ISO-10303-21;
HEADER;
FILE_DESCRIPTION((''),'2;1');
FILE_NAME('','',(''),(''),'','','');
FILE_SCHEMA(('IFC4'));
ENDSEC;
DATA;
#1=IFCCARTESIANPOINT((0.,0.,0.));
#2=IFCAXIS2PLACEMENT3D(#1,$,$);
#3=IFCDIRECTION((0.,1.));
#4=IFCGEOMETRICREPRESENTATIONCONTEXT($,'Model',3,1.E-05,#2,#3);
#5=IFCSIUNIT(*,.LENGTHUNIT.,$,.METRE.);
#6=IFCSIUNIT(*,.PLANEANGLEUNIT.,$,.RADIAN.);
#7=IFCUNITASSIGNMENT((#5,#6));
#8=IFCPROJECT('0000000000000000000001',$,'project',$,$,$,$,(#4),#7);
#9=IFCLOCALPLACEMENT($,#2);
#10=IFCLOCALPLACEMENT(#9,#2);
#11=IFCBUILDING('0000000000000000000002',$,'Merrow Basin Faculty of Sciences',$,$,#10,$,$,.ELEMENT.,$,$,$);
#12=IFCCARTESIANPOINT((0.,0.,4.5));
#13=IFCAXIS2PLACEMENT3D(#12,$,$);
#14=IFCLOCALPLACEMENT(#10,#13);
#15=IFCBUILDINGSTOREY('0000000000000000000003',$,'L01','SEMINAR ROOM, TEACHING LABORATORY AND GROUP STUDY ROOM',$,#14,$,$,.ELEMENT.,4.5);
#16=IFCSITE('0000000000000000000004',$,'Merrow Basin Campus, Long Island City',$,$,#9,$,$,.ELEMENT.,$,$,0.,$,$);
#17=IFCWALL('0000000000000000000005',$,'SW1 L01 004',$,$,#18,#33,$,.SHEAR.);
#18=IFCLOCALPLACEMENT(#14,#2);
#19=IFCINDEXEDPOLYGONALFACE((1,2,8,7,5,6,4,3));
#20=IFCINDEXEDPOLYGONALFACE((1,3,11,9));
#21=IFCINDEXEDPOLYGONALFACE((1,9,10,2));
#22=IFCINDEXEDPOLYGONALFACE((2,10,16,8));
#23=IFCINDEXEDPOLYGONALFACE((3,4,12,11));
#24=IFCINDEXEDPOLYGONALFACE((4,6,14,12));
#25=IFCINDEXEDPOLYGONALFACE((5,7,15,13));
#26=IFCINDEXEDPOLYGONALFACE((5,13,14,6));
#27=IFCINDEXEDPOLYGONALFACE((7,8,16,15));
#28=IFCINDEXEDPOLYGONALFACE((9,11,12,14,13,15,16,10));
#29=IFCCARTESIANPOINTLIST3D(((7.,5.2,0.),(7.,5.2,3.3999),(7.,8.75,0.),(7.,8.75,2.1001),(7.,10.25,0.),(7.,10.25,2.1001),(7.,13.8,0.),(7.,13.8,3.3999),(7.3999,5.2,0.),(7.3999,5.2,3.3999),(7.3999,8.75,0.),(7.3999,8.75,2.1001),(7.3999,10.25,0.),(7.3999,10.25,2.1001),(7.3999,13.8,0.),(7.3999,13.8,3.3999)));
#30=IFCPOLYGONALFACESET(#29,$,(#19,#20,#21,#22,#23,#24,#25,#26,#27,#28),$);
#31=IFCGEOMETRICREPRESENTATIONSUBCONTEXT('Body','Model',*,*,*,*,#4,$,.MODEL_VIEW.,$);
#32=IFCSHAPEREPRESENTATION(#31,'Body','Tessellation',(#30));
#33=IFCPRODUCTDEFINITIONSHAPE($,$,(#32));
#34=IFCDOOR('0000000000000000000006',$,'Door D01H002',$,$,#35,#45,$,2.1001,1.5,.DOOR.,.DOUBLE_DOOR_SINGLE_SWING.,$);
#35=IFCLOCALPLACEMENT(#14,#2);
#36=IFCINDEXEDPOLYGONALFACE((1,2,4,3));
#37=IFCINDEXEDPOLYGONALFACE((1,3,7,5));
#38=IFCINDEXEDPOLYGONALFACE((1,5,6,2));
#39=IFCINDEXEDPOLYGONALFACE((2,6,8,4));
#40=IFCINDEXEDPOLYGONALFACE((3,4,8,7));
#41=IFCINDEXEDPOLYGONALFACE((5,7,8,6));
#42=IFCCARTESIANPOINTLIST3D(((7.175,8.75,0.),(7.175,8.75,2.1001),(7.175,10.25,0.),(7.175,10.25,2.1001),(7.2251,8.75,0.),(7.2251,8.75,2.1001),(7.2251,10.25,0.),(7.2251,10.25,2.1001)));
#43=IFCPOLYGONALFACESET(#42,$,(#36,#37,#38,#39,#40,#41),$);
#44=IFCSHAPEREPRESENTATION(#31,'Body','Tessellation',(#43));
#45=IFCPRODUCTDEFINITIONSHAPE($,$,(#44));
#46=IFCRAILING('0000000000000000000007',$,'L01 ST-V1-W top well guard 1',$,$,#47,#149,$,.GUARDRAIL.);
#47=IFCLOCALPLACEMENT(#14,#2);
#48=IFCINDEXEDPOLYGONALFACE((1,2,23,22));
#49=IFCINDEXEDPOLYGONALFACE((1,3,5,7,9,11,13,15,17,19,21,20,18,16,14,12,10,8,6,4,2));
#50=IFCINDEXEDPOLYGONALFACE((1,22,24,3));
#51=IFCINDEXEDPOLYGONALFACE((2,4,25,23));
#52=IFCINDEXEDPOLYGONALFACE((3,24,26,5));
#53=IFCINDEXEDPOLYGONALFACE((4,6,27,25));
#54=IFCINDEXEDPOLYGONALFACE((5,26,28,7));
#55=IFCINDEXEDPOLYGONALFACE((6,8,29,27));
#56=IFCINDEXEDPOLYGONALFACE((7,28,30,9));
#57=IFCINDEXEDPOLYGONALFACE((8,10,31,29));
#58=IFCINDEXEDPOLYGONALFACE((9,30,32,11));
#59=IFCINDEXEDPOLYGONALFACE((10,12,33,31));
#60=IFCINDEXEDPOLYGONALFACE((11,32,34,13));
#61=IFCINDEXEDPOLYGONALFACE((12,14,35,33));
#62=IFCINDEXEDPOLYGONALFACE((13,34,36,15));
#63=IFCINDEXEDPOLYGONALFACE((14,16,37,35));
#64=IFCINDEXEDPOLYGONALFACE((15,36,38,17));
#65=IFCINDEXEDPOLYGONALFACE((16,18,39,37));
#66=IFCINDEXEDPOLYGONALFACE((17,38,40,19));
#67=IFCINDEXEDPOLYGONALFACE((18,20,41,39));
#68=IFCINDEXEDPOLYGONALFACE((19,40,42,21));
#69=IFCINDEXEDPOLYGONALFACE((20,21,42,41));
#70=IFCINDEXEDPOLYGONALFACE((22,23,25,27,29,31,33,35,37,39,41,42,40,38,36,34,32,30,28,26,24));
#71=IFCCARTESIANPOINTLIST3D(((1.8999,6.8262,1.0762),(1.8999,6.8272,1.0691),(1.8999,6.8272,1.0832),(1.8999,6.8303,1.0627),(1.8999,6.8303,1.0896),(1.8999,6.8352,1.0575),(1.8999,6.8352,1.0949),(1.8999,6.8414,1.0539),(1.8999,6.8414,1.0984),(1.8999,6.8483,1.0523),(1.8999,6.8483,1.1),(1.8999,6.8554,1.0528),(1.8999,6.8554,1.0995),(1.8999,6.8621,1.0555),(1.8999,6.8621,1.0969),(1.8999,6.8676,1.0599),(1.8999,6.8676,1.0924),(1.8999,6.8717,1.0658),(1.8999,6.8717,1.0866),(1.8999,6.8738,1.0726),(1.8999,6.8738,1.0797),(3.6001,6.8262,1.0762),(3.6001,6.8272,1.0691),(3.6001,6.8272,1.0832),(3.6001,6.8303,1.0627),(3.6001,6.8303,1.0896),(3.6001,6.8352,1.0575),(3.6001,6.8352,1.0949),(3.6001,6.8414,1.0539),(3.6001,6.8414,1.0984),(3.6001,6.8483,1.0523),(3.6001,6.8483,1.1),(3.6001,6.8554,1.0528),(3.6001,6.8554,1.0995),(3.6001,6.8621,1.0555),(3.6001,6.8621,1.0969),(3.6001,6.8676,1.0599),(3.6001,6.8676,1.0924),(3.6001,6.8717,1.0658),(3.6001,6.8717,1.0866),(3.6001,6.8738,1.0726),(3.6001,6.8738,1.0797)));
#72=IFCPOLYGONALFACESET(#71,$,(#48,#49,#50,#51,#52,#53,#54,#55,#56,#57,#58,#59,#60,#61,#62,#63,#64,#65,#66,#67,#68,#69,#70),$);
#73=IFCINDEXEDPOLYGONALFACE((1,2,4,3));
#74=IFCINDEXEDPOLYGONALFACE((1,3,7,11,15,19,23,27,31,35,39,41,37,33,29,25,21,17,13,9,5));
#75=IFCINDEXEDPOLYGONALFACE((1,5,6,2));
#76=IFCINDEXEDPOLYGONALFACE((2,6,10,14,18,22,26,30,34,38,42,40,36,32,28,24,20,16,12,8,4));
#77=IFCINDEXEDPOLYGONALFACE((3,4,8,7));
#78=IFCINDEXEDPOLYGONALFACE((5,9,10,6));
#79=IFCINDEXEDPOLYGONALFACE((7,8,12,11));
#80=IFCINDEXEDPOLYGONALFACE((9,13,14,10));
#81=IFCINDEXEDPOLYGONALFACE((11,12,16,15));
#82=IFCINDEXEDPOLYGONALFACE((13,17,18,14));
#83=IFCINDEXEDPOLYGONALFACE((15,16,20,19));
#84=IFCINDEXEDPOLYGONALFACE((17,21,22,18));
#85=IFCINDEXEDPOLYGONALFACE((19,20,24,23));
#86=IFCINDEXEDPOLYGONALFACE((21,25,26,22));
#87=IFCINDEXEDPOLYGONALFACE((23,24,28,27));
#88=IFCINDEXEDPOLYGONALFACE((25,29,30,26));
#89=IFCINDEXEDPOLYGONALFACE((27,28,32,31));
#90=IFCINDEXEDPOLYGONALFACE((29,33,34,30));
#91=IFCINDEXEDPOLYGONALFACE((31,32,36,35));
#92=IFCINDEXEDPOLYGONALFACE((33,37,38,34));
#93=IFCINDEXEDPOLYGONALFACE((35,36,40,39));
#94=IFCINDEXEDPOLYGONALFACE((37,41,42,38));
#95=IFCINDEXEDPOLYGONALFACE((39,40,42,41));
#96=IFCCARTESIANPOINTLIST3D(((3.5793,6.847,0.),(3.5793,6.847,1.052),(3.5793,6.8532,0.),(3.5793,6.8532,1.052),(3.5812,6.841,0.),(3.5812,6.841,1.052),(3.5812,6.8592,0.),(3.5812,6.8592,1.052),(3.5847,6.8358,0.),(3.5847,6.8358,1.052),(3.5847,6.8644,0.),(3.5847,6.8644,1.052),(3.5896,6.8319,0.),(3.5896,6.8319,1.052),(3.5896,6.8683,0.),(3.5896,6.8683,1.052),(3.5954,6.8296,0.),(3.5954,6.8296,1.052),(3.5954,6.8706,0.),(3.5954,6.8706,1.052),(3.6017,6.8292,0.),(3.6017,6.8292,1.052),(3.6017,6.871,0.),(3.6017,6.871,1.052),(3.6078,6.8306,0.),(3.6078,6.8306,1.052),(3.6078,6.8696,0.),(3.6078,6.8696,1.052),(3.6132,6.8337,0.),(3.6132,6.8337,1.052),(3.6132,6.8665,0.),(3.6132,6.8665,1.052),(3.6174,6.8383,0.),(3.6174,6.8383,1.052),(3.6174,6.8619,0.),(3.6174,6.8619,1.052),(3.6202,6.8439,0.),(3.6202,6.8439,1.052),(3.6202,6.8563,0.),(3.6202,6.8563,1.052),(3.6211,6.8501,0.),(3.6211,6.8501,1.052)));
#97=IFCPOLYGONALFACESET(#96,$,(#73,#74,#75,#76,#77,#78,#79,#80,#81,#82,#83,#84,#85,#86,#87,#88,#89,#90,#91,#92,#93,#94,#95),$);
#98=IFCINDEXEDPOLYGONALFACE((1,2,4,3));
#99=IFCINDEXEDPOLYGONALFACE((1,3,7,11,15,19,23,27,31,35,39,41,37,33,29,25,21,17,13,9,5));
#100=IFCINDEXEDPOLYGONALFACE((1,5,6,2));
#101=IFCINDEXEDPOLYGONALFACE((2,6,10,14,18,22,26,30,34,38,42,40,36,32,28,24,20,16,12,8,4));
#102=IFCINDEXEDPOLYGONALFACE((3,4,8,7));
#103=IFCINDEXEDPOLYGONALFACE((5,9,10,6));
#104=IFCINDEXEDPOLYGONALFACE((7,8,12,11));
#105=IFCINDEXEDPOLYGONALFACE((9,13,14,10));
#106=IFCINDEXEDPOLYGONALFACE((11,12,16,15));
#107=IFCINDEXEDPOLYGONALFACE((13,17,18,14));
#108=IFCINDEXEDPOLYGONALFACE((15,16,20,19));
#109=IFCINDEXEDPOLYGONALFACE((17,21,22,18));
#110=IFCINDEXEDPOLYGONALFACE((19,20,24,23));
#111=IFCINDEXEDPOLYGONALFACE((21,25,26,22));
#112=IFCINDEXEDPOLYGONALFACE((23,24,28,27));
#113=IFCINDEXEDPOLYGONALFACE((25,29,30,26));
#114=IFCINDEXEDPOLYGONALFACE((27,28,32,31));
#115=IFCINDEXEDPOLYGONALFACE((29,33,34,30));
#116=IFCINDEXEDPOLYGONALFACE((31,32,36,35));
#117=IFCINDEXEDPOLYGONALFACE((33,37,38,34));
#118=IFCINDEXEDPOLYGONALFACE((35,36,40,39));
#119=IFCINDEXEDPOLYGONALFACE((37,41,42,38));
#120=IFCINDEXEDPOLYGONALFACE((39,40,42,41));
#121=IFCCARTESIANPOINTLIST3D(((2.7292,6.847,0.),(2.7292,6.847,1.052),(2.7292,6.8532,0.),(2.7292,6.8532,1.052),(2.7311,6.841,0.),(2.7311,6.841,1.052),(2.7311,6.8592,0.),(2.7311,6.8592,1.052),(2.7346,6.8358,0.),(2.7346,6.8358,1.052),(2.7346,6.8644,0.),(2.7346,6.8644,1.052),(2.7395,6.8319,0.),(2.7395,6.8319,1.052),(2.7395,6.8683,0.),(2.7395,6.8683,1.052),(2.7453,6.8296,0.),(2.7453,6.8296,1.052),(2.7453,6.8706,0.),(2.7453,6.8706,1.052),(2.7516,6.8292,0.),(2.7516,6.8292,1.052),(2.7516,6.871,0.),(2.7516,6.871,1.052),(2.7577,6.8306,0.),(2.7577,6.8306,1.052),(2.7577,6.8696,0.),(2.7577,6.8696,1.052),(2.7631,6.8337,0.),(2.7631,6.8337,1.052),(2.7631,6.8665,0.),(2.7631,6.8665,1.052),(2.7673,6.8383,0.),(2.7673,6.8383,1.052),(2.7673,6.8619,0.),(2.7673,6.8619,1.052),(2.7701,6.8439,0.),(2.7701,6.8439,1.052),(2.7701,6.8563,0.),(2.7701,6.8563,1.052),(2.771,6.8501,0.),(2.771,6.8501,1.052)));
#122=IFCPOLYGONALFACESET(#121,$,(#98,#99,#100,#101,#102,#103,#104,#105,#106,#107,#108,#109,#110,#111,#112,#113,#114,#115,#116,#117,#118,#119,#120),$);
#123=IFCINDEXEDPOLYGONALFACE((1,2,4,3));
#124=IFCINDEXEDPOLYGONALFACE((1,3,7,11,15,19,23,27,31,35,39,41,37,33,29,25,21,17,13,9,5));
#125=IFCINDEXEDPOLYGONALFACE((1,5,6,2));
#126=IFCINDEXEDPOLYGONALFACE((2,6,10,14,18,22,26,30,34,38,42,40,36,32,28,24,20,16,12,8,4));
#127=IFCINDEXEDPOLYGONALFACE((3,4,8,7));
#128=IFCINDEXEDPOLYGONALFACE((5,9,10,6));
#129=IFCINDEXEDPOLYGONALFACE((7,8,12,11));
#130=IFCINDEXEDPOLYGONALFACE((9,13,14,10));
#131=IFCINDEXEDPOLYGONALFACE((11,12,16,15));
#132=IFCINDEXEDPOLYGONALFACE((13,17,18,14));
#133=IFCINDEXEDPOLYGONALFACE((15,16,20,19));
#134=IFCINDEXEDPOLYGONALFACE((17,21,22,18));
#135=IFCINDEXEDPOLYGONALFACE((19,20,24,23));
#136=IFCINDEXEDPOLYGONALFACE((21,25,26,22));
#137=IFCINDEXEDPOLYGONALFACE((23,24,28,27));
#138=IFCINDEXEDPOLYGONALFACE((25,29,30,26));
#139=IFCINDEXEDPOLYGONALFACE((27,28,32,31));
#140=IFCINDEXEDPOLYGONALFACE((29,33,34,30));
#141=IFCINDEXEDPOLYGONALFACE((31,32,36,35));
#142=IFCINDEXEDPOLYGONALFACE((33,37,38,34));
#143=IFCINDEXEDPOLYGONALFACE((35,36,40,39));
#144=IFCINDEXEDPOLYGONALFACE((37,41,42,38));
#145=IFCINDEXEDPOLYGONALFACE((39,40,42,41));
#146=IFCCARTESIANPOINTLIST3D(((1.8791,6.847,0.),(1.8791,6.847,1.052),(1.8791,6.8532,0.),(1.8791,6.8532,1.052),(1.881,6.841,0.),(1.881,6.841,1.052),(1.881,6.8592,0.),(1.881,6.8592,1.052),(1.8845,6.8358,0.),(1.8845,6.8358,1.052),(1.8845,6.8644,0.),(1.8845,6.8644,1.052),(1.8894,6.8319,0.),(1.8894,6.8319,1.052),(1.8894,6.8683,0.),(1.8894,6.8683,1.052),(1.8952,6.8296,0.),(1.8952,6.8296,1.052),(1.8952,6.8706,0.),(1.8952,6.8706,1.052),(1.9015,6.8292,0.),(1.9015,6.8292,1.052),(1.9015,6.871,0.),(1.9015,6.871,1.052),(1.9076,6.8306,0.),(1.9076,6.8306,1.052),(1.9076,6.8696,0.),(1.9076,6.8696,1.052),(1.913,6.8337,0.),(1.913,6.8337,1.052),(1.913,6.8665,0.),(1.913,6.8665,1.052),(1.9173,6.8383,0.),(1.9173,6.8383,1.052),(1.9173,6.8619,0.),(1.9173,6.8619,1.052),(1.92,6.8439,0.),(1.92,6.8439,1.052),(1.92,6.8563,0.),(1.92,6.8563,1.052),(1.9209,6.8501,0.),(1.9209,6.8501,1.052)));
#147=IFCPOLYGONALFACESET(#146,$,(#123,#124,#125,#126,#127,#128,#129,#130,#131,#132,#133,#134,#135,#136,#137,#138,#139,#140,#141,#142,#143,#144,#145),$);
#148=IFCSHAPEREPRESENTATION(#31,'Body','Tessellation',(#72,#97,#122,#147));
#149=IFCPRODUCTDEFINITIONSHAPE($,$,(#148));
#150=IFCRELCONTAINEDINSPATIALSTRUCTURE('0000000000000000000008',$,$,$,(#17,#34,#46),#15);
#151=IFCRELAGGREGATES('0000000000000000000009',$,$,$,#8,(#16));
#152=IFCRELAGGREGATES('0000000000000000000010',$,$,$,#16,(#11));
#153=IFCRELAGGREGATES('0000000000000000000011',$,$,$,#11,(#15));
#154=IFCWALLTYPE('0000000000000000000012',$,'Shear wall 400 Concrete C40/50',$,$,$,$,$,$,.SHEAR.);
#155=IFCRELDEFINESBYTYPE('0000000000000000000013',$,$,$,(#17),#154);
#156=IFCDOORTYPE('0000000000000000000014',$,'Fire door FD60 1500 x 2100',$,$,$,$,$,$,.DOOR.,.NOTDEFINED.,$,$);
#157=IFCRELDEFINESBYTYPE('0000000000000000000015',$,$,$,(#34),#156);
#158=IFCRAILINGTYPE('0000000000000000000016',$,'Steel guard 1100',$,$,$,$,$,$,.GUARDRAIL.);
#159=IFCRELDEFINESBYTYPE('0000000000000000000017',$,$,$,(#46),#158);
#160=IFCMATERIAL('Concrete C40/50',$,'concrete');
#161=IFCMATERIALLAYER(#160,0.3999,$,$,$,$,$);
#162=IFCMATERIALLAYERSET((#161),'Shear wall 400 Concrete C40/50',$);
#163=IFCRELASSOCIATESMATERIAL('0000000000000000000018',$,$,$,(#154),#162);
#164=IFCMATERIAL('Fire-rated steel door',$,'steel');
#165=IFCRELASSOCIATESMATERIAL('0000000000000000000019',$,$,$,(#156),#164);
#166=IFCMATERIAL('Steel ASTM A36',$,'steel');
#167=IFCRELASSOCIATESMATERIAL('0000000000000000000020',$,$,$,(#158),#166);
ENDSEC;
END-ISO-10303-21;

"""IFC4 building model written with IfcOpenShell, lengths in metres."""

from ifc_helpers import new_model, si_unit, direction, frame, frame_2d, origin, origin_2d, place, context, subcontext, project, spatial, rectangle, circle, extrude, material, layer, layer_set, type_object, element, fill, save


model = new_model("IFC4")

# Units and contexts
model_context = context("Model", 3, precision=1e-05, world=origin(), true_north=direction((0.0, 1.0)))
body_context = subcontext(model_context, "Body", "Model", "MODEL_VIEW")
ifc_project = project(units=[si_unit("LENGTHUNIT", "METRE"), si_unit("PLANEANGLEUNIT", "RADIAN")], contexts=[model_context])

# Site, building, storey
site_placement = place(None, origin())
site = spatial("IfcSite", under=ifc_project, at=site_placement, Name="Merrow Basin Campus, Long Island City", CompositionType="ELEMENT", RefElevation=0.0)
building_placement = place(site_placement, origin())
building = spatial("IfcBuilding", under=site, at=building_placement, Name="Merrow Basin Faculty of Sciences", CompositionType="ELEMENT")
storey_placement = place(building_placement, frame((0.0, 0.0, 4.5)))
storey = spatial("IfcBuildingStorey", under=building, at=storey_placement, Name="L01", Description="SEMINAR ROOM, TEACHING LABORATORY AND GROUP STUDY ROOM", CompositionType="ELEMENT", Elevation=4.5)

# Shared definitions
ifc_material_1 = material(Name="Concrete C40/50", Category="concrete")
ifc_layer_1 = layer(ifc_material_1, 0.3999)
ifc_layer_set_1 = layer_set([ifc_layer_1], Name="Shear wall 400 Concrete C40/50")
wall_type_1 = type_object("IfcWallType", Name="Shear wall 400 Concrete C40/50", PredefinedType="SHEAR", material=ifc_layer_set_1)

# Wall, opening, door
wall_1_placement = place(storey_placement, frame((7.2, 5.2, 0.0), z_axis=(0.0, 0.0, 1.0), x_axis=(0.0, 1.0, 0.0)))
wall_1 = element("IfcWall", 1, at=wall_1_placement, inside=storey, type_object=wall_type_1, Name="SW1 L01 004", PredefinedType="SHEAR", context=body_context, shape_type="SweptSolid", body=[
    extrude(rectangle(XDim=8.6001, YDim=0.3999, at=frame_2d((4.3, 0.0))), origin(), (0.0, 0.0, 1.0), 3.3999),
])
opening_1_placement = place(wall_1_placement, frame((3.55, 0.0, 0.0)))
opening_1 = element("IfcOpeningElement", 2, at=opening_1_placement, cuts=wall_1, PredefinedType="OPENING", context=body_context, shape_type="SweptSolid", body=[
    extrude(rectangle(XDim=1.5, YDim=2.1001, at=frame_2d((0.75, 1.05))), frame((0.0, 0.21, 0.0), z_axis=(0.0, -1.0, 0.0), x_axis=(1.0, 0.0, 0.0)), (0.0, 0.0, 1.0), 0.4199),
])
ifc_material_2 = material(Name="Fire-rated steel door", Category="steel")
door_type_1 = type_object("IfcDoorType", Name="Fire door FD60 1500 x 2100", OperationType="NOTDEFINED", PredefinedType="DOOR", material=ifc_material_2)
door_1_placement = place(opening_1_placement, origin())
door_1 = element("IfcDoor", 3, at=door_1_placement, inside=storey, type_object=door_type_1, Name="Door D01H002", OperationType="DOUBLE_DOOR_SINGLE_SWING", OverallHeight=2.1001, OverallWidth=1.5, PredefinedType="DOOR", context=body_context, shape_type="SweptSolid", body=[
    extrude(rectangle(XDim=1.5, YDim=2.1001, at=frame_2d((0.75, 1.05))), frame((0.0, 0.0249, 0.0), z_axis=(0.0, -1.0, 0.0), x_axis=(1.0, 0.0, 0.0)), (0.0, 0.0, 1.0), 0.05),
])
fill(opening_1, door_1)

# Railing
ifc_material_3 = material(Name="Steel ASTM A36", Category="steel")
railing_type = type_object("IfcRailingType", Name="Steel guard 1100", PredefinedType="GUARDRAIL", material=ifc_material_3)
railing_1_placement = place(storey_placement, frame((3.6001, 6.8501, 0.0)))
element("IfcRailing", 4, at=railing_1_placement, inside=storey, type_object=railing_type, Name="L01 ST-V1-W top well guard 1", PredefinedType="GUARDRAIL", context=body_context, shape_type="SweptSolid", body=[
    extrude(circle(Radius=0.0239, at=origin_2d()), frame((0.0, 0.0, 1.0762), z_axis=(-1.0, 0.0, 0.0), x_axis=(0.0, -1.0, 0.0)), (0.0, 0.0, 1.0), 1.7002),
    extrude(circle(Radius=0.021, at=origin_2d()), origin(), (0.0, 0.0, 1.0), 1.052),
    extrude(circle(Radius=0.021, at=origin_2d()), frame((-0.8501, 0.0, 0.0)), (0.0, 0.0, 1.0), 1.052),
    extrude(circle(Radius=0.021, at=origin_2d()), frame((-1.7002, 0.0, 0.0)), (0.0, 0.0, 1.0), 1.052),
])

save(model, "model.ifc")
